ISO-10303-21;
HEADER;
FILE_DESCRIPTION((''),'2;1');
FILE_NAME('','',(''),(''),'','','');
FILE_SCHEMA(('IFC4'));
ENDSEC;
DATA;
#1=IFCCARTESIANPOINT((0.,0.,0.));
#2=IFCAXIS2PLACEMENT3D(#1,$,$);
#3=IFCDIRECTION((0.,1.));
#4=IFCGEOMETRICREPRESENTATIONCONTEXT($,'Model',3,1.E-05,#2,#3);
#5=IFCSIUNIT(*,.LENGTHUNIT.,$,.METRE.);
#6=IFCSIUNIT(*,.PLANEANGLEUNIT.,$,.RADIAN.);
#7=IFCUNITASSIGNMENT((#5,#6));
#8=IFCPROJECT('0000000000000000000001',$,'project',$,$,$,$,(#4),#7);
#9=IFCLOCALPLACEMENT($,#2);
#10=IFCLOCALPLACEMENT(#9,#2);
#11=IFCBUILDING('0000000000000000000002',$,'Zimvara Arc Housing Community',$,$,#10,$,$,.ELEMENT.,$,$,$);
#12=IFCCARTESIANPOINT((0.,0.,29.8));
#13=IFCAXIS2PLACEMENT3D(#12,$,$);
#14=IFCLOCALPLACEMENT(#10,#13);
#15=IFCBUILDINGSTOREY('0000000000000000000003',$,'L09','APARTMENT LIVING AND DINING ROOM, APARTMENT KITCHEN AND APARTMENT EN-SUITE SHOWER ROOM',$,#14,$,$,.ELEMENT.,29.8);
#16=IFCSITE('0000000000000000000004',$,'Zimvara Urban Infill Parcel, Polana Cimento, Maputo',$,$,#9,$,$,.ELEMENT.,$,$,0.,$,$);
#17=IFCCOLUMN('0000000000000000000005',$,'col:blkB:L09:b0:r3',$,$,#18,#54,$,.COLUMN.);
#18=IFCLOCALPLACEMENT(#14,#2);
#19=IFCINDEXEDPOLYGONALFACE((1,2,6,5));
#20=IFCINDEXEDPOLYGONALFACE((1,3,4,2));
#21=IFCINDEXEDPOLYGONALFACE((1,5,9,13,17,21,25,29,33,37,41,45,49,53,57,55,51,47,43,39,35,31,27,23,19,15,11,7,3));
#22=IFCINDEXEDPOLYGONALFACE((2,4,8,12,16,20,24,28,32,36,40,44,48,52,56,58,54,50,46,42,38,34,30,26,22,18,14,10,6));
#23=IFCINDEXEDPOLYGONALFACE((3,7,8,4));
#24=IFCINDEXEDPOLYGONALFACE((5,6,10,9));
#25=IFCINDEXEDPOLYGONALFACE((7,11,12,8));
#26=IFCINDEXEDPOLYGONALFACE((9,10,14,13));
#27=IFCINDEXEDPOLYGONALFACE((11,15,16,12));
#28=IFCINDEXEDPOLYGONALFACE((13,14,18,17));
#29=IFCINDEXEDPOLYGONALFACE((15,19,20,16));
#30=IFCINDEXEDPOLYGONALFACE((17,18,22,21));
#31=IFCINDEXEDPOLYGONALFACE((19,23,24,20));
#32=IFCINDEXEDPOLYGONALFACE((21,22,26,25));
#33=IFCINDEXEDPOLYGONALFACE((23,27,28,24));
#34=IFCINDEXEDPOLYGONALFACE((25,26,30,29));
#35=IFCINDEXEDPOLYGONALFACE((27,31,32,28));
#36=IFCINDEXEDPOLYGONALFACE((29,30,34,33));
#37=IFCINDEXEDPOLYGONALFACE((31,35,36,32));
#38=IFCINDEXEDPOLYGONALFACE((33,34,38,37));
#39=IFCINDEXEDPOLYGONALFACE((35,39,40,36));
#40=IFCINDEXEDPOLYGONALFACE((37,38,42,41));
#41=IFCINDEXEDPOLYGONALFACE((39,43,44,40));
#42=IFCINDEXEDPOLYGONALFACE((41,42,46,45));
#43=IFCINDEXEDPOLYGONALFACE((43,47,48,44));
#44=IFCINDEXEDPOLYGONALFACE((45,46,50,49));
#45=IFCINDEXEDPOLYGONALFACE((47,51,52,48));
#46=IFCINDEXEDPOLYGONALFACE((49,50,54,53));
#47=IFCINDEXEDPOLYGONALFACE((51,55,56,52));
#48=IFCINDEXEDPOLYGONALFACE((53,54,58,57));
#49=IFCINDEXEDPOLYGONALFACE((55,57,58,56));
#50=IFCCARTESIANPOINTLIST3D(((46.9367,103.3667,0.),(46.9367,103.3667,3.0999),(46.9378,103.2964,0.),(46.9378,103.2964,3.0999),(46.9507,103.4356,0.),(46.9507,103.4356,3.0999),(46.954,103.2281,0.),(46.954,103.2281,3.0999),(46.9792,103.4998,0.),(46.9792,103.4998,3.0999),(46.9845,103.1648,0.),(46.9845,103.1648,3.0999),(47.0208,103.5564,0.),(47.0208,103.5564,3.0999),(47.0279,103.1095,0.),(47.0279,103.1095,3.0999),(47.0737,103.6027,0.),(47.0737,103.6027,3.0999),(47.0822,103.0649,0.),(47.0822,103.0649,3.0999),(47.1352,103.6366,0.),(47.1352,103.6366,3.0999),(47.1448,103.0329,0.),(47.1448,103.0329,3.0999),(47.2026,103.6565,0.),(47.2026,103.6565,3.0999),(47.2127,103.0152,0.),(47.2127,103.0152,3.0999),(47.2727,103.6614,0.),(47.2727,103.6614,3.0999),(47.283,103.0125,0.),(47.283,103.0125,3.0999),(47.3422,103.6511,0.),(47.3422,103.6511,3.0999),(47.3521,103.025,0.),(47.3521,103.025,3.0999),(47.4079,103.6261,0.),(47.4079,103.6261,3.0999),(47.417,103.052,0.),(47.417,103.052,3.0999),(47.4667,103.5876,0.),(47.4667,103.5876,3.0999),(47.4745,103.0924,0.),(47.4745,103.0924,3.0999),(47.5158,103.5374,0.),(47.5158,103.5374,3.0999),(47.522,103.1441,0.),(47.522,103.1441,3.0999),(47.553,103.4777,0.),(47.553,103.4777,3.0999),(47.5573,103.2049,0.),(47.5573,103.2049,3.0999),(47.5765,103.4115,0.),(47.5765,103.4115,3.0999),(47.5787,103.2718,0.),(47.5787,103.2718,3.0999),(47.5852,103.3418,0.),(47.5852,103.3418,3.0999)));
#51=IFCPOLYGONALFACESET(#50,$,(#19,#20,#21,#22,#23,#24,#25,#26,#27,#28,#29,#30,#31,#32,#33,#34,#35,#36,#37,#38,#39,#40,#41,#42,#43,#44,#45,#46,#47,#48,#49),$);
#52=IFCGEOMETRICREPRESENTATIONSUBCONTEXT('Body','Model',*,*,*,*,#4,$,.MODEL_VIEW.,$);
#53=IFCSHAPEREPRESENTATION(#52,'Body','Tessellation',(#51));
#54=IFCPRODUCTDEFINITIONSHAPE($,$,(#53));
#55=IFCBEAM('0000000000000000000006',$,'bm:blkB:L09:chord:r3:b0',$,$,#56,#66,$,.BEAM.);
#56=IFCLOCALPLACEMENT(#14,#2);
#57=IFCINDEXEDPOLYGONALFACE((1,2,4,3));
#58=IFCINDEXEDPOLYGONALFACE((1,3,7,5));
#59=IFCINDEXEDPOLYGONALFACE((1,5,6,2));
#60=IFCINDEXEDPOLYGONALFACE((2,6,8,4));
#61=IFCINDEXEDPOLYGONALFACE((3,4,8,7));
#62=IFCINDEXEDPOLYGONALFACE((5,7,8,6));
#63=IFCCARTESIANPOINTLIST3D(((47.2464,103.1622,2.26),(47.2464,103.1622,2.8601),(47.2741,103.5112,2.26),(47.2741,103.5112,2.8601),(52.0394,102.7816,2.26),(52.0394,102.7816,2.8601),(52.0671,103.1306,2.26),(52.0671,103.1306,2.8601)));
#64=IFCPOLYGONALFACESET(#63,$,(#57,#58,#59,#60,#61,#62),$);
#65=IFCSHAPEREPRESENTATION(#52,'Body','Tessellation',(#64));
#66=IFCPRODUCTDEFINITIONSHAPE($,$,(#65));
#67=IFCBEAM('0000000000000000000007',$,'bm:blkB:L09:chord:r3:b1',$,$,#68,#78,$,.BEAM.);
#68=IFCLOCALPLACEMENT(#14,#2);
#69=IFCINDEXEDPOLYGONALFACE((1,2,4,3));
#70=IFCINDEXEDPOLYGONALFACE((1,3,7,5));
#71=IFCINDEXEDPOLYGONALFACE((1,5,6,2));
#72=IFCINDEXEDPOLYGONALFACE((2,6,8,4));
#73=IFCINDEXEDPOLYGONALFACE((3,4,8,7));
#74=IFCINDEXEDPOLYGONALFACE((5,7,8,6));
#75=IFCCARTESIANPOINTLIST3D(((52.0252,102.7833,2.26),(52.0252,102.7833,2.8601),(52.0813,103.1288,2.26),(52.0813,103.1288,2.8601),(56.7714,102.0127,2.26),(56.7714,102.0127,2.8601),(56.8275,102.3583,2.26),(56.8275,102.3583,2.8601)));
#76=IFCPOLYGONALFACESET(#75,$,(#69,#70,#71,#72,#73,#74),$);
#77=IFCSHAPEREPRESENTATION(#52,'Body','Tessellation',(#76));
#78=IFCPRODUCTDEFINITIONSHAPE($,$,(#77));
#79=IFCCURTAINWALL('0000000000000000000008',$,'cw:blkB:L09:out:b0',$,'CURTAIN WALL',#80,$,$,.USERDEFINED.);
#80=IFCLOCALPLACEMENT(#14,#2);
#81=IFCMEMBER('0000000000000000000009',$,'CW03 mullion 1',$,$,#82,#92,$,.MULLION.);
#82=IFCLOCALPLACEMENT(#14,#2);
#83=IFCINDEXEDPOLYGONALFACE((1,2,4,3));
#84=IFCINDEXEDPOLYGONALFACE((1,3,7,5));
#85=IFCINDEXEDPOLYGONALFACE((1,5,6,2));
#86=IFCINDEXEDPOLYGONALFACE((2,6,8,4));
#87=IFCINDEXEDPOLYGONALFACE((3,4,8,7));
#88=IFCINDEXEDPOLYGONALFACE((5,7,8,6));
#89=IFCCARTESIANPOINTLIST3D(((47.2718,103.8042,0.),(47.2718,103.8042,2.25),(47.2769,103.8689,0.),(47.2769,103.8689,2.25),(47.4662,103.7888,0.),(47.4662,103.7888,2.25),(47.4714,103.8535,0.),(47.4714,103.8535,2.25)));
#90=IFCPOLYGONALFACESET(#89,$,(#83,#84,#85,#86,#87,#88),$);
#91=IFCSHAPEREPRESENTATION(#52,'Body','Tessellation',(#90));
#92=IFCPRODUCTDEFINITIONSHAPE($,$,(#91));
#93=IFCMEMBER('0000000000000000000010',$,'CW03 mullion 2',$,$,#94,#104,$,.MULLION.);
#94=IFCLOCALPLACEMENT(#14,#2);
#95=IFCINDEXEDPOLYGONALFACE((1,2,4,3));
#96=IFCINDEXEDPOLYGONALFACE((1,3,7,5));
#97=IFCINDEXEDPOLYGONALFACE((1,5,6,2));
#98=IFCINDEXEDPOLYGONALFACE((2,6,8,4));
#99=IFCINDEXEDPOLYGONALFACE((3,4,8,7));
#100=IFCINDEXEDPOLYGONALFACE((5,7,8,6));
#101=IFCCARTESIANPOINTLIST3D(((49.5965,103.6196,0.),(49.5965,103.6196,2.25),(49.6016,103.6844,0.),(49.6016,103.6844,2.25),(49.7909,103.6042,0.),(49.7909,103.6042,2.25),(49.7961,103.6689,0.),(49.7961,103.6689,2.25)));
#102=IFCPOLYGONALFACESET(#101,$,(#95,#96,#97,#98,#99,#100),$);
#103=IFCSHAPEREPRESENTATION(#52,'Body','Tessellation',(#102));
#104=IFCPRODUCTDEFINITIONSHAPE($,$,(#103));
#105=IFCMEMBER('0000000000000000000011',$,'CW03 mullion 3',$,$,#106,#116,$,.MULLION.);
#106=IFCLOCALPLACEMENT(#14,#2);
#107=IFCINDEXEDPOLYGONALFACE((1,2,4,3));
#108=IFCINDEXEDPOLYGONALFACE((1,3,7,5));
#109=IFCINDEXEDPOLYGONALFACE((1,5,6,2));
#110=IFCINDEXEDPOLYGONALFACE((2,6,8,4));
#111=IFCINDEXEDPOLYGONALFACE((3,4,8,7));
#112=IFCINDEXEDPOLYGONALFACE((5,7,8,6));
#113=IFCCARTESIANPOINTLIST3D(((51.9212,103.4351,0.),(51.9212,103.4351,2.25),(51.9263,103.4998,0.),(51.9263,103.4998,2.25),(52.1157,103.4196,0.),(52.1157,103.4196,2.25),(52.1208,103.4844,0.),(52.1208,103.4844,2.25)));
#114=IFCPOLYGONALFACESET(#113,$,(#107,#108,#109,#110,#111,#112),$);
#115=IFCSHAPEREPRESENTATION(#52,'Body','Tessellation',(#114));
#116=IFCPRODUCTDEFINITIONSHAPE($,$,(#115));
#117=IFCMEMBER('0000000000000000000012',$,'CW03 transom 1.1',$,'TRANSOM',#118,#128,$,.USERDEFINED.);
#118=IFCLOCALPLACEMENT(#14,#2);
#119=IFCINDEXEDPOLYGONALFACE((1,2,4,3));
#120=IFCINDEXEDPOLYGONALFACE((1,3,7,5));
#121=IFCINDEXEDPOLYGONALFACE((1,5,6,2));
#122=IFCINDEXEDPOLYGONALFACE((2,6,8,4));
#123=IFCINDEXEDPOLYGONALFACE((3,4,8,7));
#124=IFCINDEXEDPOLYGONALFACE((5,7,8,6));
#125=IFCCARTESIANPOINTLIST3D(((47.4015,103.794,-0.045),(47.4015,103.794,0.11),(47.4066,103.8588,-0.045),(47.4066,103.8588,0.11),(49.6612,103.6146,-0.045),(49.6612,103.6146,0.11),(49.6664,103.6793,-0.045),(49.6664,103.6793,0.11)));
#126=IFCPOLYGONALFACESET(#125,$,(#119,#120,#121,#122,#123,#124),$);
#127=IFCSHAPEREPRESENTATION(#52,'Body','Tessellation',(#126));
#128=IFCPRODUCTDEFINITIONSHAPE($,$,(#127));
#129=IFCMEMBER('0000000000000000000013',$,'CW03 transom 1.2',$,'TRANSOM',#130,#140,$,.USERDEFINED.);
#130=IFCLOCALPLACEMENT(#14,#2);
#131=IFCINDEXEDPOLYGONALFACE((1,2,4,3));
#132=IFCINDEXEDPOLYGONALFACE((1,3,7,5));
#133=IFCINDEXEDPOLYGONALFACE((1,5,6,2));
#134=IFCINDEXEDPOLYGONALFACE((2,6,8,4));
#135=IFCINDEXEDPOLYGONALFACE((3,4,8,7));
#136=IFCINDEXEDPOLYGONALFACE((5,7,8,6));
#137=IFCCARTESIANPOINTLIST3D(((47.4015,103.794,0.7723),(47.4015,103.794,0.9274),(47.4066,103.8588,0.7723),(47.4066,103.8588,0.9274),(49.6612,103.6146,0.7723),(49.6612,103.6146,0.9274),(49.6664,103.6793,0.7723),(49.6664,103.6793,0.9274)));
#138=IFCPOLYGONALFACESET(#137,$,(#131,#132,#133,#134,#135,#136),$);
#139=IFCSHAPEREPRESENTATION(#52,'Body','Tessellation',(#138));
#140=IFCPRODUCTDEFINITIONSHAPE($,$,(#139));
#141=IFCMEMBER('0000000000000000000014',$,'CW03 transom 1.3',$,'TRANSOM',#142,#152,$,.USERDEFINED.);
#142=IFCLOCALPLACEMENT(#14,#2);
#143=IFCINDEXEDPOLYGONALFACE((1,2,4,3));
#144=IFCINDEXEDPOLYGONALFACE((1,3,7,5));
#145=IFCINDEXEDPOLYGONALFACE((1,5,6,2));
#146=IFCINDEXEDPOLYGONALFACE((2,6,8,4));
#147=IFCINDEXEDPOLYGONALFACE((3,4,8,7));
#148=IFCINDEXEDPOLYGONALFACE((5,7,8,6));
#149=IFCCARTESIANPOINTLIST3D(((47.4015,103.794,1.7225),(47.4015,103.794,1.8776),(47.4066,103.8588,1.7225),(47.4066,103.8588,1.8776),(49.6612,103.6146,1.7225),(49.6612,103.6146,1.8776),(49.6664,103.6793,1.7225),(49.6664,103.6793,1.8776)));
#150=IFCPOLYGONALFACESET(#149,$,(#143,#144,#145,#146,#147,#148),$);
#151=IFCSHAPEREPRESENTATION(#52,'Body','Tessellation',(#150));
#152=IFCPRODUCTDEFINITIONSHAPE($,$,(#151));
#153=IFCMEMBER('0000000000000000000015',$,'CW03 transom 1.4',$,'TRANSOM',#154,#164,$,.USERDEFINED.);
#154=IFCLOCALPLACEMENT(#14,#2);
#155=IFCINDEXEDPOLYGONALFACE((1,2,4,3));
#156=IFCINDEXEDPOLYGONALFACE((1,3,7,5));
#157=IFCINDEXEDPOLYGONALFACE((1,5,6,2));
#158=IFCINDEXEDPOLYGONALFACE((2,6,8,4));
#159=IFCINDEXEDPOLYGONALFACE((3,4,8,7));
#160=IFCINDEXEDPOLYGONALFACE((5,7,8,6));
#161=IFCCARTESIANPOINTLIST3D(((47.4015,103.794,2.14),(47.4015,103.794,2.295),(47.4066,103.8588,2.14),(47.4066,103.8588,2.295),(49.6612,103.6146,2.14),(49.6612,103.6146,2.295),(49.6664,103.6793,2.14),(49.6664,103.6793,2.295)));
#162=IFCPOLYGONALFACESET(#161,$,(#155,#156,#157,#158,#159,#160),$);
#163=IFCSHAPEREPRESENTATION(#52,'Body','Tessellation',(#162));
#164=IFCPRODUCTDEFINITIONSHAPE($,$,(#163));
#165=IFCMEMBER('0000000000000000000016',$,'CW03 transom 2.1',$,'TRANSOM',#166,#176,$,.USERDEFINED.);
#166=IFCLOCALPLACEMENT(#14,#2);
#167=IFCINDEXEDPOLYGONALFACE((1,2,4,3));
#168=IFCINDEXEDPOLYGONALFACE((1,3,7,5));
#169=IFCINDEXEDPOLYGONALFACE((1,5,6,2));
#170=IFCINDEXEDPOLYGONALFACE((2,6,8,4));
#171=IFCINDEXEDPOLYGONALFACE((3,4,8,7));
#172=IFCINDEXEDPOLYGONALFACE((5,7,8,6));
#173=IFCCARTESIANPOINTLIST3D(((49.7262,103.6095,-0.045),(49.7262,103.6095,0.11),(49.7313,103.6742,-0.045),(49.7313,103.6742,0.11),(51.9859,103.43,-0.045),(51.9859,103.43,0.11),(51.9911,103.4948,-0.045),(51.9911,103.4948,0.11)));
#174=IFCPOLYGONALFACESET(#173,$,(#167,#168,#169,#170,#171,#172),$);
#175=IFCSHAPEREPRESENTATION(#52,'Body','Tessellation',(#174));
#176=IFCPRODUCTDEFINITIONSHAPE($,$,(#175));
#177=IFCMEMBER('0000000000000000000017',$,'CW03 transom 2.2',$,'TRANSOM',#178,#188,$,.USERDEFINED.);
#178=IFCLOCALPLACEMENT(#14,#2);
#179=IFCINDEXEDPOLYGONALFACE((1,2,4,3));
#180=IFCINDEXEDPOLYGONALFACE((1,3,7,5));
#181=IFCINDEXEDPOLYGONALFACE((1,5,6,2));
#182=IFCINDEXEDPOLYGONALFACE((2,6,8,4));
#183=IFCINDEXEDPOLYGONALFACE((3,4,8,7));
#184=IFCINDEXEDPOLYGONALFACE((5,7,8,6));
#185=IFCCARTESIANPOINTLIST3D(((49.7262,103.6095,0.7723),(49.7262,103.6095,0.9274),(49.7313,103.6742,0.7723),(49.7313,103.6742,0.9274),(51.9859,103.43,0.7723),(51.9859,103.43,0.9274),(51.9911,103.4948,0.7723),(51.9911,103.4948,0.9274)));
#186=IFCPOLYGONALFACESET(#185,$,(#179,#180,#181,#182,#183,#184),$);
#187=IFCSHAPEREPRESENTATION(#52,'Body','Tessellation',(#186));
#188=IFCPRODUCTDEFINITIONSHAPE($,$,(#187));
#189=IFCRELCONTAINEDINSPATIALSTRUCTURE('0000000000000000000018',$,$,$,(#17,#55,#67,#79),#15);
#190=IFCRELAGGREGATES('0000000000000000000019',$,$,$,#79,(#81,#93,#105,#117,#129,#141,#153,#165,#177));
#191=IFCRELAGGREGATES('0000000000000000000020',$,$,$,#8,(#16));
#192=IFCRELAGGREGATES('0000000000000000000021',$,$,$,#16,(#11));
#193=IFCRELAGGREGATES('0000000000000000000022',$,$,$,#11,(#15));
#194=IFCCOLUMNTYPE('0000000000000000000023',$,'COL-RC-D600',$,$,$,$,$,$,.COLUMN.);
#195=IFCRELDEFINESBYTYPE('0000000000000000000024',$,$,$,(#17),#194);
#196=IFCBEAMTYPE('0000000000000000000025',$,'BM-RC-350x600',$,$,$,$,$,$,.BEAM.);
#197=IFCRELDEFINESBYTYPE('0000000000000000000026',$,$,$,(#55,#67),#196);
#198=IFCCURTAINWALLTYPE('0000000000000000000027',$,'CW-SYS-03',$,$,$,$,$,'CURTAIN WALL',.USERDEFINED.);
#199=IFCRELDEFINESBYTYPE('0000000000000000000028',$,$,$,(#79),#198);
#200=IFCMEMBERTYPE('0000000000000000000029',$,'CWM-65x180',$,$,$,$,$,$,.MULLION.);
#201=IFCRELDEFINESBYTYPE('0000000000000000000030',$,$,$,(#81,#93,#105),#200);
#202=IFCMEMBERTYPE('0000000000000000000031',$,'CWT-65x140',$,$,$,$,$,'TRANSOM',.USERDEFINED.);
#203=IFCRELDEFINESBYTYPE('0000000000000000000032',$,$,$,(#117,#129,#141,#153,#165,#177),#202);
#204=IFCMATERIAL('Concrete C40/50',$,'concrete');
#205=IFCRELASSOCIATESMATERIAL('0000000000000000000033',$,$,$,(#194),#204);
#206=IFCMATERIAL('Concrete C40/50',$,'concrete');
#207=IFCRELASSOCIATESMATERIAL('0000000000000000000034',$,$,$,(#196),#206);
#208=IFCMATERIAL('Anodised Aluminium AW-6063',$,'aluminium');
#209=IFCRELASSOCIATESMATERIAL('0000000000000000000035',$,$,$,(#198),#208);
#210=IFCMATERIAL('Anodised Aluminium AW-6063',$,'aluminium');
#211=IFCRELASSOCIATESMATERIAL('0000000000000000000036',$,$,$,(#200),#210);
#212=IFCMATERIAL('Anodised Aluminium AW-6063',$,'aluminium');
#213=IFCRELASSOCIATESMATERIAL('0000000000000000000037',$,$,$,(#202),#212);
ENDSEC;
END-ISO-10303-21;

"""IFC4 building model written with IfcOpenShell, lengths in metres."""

from ifc_helpers import new_model, si_unit, direction, frame, origin, origin_2d, place, context, subcontext, project, spatial, rectangle, circle, extrude, material, material_profile, profile_set, type_object, element, aggregate, save


model = new_model("IFC4")

# Units and contexts
model_context = context("Model", 3, precision=1e-05, world=origin(), true_north=direction((0.0, 1.0)))
body_context = subcontext(model_context, "Body", "Model", "MODEL_VIEW")
ifc_project = project(units=[si_unit("LENGTHUNIT", "METRE"), si_unit("PLANEANGLEUNIT", "RADIAN")], contexts=[model_context])

# Site, building, storey
site_placement = place(None, origin())
site = spatial("IfcSite", under=ifc_project, at=site_placement, Name="Zimvara Urban Infill Parcel, Polana Cimento, Maputo", CompositionType="ELEMENT", RefElevation=0.0)
building_placement = place(site_placement, origin())
building = spatial("IfcBuilding", under=site, at=building_placement, Name="Zimvara Arc Housing Community", CompositionType="ELEMENT")
storey_placement = place(building_placement, frame((0.0, 0.0, 29.8)))
storey = spatial("IfcBuildingStorey", under=building, at=storey_placement, Name="L09", Description="APARTMENT LIVING AND DINING ROOM, APARTMENT KITCHEN AND APARTMENT EN-SUITE SHOWER ROOM", CompositionType="ELEMENT", Elevation=29.8)

# Column
ifc_material_1 = material(Name="Concrete C40/50", Category="concrete")
ifc_material_profile_1 = material_profile(ifc_material_1, circle(Radius=0.325, at=origin_2d()), Name="RC D650")
ifc_profile_set_1 = profile_set([ifc_material_profile_1], Name="Concrete C40/50")
column_type = type_object("IfcColumnType", Name="COL-RC-D600", PredefinedType="COLUMN", material=ifc_profile_set_1)
column_placement = place(storey_placement, frame((47.2603, 103.3367, 0.0), z_axis=(0.0, 0.0, 1.0), x_axis=(0.038388, 0.999263, 0.0)))
element("IfcColumn", 1, at=column_placement, inside=storey, type_object=column_type, Name="col:blkB:L09:b0:r3", PredefinedType="COLUMN", context=body_context, shape_type="SweptSolid", body=[
    extrude(circle(Radius=0.325, at=origin_2d()), origin(), (0.0, 0.0, 1.0), 3.0999),
])

# Beams
ifc_material_2 = material(Name="Concrete C40/50", Category="concrete")
ifc_material_profile_2 = material_profile(ifc_material_2, rectangle(XDim=0.3501, YDim=0.6001, at=origin_2d()), Name="RC 350x600")
ifc_profile_set_2 = profile_set([ifc_material_profile_2], Name="Concrete C40/50")
beam_type = type_object("IfcBeamType", Name="BM-RC-350x600", PredefinedType="BEAM", material=ifc_profile_set_2)
beam_1_placement = place(storey_placement, frame((47.2603, 103.3367, 2.5601), z_axis=(0.996862, -0.079162, 0.0), x_axis=(0.079162, 0.996862, 0.0)))
element("IfcBeam", 2, at=beam_1_placement, inside=storey, type_object=beam_type, Name="bm:blkB:L09:chord:r3:b0", PredefinedType="BEAM", context=body_context, shape_type="SweptSolid", body=[
    extrude(rectangle(XDim=0.3501, YDim=0.6001, at=origin_2d()), origin(), (0.0, 0.0, 1.0), 4.8081),
])
beam_2_placement = place(storey_placement, frame((52.0532, 102.9561, 2.5601), z_axis=(0.987077, -0.160248, 0.0), x_axis=(0.160248, 0.987077, 0.0)))
element("IfcBeam", 3, at=beam_2_placement, inside=storey, type_object=beam_type, Name="bm:blkB:L09:chord:r3:b1", PredefinedType="BEAM", context=body_context, shape_type="SweptSolid", body=[
    extrude(rectangle(XDim=0.3501, YDim=0.6001, at=origin_2d()), origin(), (0.0, 0.0, 1.0), 4.8083),
])

# Curtain wall, members
ifc_material_3 = material(Name="Anodised Aluminium AW-6063", Category="aluminium")
curtain_wall_type = type_object("IfcCurtainWallType", Name="CW-SYS-03", ElementType="CURTAIN WALL", PredefinedType="USERDEFINED", material=ifc_material_3)
curtain_wall_placement = place(storey_placement, origin())
curtain_wall = element("IfcCurtainWall", 4, at=curtain_wall_placement, inside=storey, type_object=curtain_wall_type, Name="cw:blkB:L09:out:b0", ObjectType="CURTAIN WALL", PredefinedType="USERDEFINED")
ifc_material_4 = material(Name="Anodised Aluminium AW-6063", Category="aluminium")
ifc_material_profile_3 = material_profile(ifc_material_4, rectangle(XDim=0.0649, YDim=0.1951, at=origin_2d()), Name="ALU 65x195")
ifc_profile_set_3 = profile_set([ifc_material_profile_3], Name="Anodised Aluminium AW-6063")
member_type_1 = type_object("IfcMemberType", Name="CWM-65x180", PredefinedType="MULLION", material=ifc_profile_set_3)
member_1_placement = place(storey_placement, frame((47.3716, 103.8289, 0.0), z_axis=(0.0, 0.0, 1.0), x_axis=(0.079154, 0.996862, 0.0)))
member_1 = element("IfcMember", 5, at=member_1_placement, type_object=member_type_1, Name="CW03 mullion 1", PredefinedType="MULLION", context=body_context, shape_type="SweptSolid", body=[
    extrude(rectangle(XDim=0.0649, YDim=0.1951, at=origin_2d()), origin(), (0.0, 0.0, 1.0), 2.25),
])
member_2_placement = place(storey_placement, frame((49.6963, 103.6443, 0.0), z_axis=(0.0, 0.0, 1.0), x_axis=(0.079154, 0.996862, 0.0)))
member_2 = element("IfcMember", 6, at=member_2_placement, type_object=member_type_1, Name="CW03 mullion 2", PredefinedType="MULLION", context=body_context, shape_type="SweptSolid", body=[
    extrude(rectangle(XDim=0.0649, YDim=0.1951, at=origin_2d()), origin(), (0.0, 0.0, 1.0), 2.25),
])
member_3_placement = place(storey_placement, frame((52.021, 103.4597, 0.0), z_axis=(0.0, 0.0, 1.0), x_axis=(0.079154, 0.996862, 0.0)))
member_3 = element("IfcMember", 7, at=member_3_placement, type_object=member_type_1, Name="CW03 mullion 3", PredefinedType="MULLION", context=body_context, shape_type="SweptSolid", body=[
    extrude(rectangle(XDim=0.0649, YDim=0.1951, at=origin_2d()), origin(), (0.0, 0.0, 1.0), 2.25),
])
ifc_material_5 = material(Name="Anodised Aluminium AW-6063", Category="aluminium")
ifc_material_profile_4 = material_profile(ifc_material_5, rectangle(XDim=0.0649, YDim=0.155, at=origin_2d()), Name="ALU 65x155")
ifc_profile_set_4 = profile_set([ifc_material_profile_4], Name="Anodised Aluminium AW-6063")
member_type_2 = type_object("IfcMemberType", Name="CWT-65x140", ElementType="TRANSOM", PredefinedType="USERDEFINED", material=ifc_profile_set_4)
member_4_placement = place(storey_placement, frame((47.4041, 103.8264, 0.0325), z_axis=(0.996862, -0.079159, 0.0), x_axis=(0.079159, 0.996862, 0.0)))
member_4 = element("IfcMember", 8, at=member_4_placement, type_object=member_type_2, Name="CW03 transom 1.1", ObjectType="TRANSOM", PredefinedType="USERDEFINED", context=body_context, shape_type="SweptSolid", body=[
    extrude(rectangle(XDim=0.0649, YDim=0.155, at=origin_2d()), origin(), (0.0, 0.0, 1.0), 2.2668),
])
member_5_placement = place(storey_placement, frame((47.4041, 103.8264, 0.8499), z_axis=(0.996862, -0.079159, 0.0), x_axis=(0.079159, 0.996862, 0.0)))
member_5 = element("IfcMember", 9, at=member_5_placement, type_object=member_type_2, Name="CW03 transom 1.2", ObjectType="TRANSOM", PredefinedType="USERDEFINED", context=body_context, shape_type="SweptSolid", body=[
    extrude(rectangle(XDim=0.0649, YDim=0.155, at=origin_2d()), origin(), (0.0, 0.0, 1.0), 2.2668),
])
member_6_placement = place(storey_placement, frame((47.4041, 103.8264, 1.8), z_axis=(0.996862, -0.079159, 0.0), x_axis=(0.079159, 0.996862, 0.0)))
member_6 = element("IfcMember", 10, at=member_6_placement, type_object=member_type_2, Name="CW03 transom 1.3", ObjectType="TRANSOM", PredefinedType="USERDEFINED", context=body_context, shape_type="SweptSolid", body=[
    extrude(rectangle(XDim=0.0649, YDim=0.155, at=origin_2d()), origin(), (0.0, 0.0, 1.0), 2.2668),
])
member_7_placement = place(storey_placement, frame((47.4041, 103.8264, 2.2175), z_axis=(0.996862, -0.079159, 0.0), x_axis=(0.079159, 0.996862, 0.0)))
member_7 = element("IfcMember", 11, at=member_7_placement, type_object=member_type_2, Name="CW03 transom 1.4", ObjectType="TRANSOM", PredefinedType="USERDEFINED", context=body_context, shape_type="SweptSolid", body=[
    extrude(rectangle(XDim=0.0649, YDim=0.155, at=origin_2d()), origin(), (0.0, 0.0, 1.0), 2.2668),
])
member_8_placement = place(storey_placement, frame((49.7288, 103.6418, 0.0325), z_axis=(0.996862, -0.079159, 0.0), x_axis=(0.079159, 0.996862, 0.0)))
member_8 = element("IfcMember", 12, at=member_8_placement, type_object=member_type_2, Name="CW03 transom 2.1", ObjectType="TRANSOM", PredefinedType="USERDEFINED", context=body_context, shape_type="SweptSolid", body=[
    extrude(rectangle(XDim=0.0649, YDim=0.155, at=origin_2d()), origin(), (0.0, 0.0, 1.0), 2.2668),
])
member_9_placement = place(storey_placement, frame((49.7288, 103.6418, 0.8499), z_axis=(0.996862, -0.079159, 0.0), x_axis=(0.079159, 0.996862, 0.0)))
member_9 = element("IfcMember", 13, at=member_9_placement, type_object=member_type_2, Name="CW03 transom 2.2", ObjectType="TRANSOM", PredefinedType="USERDEFINED", context=body_context, shape_type="SweptSolid", body=[
    extrude(rectangle(XDim=0.0649, YDim=0.155, at=origin_2d()), origin(), (0.0, 0.0, 1.0), 2.2668),
])
aggregate(curtain_wall, [member_1, member_2, member_3, member_4, member_5, member_6, member_7, member_8, member_9])

save(model, "model.ifc")
